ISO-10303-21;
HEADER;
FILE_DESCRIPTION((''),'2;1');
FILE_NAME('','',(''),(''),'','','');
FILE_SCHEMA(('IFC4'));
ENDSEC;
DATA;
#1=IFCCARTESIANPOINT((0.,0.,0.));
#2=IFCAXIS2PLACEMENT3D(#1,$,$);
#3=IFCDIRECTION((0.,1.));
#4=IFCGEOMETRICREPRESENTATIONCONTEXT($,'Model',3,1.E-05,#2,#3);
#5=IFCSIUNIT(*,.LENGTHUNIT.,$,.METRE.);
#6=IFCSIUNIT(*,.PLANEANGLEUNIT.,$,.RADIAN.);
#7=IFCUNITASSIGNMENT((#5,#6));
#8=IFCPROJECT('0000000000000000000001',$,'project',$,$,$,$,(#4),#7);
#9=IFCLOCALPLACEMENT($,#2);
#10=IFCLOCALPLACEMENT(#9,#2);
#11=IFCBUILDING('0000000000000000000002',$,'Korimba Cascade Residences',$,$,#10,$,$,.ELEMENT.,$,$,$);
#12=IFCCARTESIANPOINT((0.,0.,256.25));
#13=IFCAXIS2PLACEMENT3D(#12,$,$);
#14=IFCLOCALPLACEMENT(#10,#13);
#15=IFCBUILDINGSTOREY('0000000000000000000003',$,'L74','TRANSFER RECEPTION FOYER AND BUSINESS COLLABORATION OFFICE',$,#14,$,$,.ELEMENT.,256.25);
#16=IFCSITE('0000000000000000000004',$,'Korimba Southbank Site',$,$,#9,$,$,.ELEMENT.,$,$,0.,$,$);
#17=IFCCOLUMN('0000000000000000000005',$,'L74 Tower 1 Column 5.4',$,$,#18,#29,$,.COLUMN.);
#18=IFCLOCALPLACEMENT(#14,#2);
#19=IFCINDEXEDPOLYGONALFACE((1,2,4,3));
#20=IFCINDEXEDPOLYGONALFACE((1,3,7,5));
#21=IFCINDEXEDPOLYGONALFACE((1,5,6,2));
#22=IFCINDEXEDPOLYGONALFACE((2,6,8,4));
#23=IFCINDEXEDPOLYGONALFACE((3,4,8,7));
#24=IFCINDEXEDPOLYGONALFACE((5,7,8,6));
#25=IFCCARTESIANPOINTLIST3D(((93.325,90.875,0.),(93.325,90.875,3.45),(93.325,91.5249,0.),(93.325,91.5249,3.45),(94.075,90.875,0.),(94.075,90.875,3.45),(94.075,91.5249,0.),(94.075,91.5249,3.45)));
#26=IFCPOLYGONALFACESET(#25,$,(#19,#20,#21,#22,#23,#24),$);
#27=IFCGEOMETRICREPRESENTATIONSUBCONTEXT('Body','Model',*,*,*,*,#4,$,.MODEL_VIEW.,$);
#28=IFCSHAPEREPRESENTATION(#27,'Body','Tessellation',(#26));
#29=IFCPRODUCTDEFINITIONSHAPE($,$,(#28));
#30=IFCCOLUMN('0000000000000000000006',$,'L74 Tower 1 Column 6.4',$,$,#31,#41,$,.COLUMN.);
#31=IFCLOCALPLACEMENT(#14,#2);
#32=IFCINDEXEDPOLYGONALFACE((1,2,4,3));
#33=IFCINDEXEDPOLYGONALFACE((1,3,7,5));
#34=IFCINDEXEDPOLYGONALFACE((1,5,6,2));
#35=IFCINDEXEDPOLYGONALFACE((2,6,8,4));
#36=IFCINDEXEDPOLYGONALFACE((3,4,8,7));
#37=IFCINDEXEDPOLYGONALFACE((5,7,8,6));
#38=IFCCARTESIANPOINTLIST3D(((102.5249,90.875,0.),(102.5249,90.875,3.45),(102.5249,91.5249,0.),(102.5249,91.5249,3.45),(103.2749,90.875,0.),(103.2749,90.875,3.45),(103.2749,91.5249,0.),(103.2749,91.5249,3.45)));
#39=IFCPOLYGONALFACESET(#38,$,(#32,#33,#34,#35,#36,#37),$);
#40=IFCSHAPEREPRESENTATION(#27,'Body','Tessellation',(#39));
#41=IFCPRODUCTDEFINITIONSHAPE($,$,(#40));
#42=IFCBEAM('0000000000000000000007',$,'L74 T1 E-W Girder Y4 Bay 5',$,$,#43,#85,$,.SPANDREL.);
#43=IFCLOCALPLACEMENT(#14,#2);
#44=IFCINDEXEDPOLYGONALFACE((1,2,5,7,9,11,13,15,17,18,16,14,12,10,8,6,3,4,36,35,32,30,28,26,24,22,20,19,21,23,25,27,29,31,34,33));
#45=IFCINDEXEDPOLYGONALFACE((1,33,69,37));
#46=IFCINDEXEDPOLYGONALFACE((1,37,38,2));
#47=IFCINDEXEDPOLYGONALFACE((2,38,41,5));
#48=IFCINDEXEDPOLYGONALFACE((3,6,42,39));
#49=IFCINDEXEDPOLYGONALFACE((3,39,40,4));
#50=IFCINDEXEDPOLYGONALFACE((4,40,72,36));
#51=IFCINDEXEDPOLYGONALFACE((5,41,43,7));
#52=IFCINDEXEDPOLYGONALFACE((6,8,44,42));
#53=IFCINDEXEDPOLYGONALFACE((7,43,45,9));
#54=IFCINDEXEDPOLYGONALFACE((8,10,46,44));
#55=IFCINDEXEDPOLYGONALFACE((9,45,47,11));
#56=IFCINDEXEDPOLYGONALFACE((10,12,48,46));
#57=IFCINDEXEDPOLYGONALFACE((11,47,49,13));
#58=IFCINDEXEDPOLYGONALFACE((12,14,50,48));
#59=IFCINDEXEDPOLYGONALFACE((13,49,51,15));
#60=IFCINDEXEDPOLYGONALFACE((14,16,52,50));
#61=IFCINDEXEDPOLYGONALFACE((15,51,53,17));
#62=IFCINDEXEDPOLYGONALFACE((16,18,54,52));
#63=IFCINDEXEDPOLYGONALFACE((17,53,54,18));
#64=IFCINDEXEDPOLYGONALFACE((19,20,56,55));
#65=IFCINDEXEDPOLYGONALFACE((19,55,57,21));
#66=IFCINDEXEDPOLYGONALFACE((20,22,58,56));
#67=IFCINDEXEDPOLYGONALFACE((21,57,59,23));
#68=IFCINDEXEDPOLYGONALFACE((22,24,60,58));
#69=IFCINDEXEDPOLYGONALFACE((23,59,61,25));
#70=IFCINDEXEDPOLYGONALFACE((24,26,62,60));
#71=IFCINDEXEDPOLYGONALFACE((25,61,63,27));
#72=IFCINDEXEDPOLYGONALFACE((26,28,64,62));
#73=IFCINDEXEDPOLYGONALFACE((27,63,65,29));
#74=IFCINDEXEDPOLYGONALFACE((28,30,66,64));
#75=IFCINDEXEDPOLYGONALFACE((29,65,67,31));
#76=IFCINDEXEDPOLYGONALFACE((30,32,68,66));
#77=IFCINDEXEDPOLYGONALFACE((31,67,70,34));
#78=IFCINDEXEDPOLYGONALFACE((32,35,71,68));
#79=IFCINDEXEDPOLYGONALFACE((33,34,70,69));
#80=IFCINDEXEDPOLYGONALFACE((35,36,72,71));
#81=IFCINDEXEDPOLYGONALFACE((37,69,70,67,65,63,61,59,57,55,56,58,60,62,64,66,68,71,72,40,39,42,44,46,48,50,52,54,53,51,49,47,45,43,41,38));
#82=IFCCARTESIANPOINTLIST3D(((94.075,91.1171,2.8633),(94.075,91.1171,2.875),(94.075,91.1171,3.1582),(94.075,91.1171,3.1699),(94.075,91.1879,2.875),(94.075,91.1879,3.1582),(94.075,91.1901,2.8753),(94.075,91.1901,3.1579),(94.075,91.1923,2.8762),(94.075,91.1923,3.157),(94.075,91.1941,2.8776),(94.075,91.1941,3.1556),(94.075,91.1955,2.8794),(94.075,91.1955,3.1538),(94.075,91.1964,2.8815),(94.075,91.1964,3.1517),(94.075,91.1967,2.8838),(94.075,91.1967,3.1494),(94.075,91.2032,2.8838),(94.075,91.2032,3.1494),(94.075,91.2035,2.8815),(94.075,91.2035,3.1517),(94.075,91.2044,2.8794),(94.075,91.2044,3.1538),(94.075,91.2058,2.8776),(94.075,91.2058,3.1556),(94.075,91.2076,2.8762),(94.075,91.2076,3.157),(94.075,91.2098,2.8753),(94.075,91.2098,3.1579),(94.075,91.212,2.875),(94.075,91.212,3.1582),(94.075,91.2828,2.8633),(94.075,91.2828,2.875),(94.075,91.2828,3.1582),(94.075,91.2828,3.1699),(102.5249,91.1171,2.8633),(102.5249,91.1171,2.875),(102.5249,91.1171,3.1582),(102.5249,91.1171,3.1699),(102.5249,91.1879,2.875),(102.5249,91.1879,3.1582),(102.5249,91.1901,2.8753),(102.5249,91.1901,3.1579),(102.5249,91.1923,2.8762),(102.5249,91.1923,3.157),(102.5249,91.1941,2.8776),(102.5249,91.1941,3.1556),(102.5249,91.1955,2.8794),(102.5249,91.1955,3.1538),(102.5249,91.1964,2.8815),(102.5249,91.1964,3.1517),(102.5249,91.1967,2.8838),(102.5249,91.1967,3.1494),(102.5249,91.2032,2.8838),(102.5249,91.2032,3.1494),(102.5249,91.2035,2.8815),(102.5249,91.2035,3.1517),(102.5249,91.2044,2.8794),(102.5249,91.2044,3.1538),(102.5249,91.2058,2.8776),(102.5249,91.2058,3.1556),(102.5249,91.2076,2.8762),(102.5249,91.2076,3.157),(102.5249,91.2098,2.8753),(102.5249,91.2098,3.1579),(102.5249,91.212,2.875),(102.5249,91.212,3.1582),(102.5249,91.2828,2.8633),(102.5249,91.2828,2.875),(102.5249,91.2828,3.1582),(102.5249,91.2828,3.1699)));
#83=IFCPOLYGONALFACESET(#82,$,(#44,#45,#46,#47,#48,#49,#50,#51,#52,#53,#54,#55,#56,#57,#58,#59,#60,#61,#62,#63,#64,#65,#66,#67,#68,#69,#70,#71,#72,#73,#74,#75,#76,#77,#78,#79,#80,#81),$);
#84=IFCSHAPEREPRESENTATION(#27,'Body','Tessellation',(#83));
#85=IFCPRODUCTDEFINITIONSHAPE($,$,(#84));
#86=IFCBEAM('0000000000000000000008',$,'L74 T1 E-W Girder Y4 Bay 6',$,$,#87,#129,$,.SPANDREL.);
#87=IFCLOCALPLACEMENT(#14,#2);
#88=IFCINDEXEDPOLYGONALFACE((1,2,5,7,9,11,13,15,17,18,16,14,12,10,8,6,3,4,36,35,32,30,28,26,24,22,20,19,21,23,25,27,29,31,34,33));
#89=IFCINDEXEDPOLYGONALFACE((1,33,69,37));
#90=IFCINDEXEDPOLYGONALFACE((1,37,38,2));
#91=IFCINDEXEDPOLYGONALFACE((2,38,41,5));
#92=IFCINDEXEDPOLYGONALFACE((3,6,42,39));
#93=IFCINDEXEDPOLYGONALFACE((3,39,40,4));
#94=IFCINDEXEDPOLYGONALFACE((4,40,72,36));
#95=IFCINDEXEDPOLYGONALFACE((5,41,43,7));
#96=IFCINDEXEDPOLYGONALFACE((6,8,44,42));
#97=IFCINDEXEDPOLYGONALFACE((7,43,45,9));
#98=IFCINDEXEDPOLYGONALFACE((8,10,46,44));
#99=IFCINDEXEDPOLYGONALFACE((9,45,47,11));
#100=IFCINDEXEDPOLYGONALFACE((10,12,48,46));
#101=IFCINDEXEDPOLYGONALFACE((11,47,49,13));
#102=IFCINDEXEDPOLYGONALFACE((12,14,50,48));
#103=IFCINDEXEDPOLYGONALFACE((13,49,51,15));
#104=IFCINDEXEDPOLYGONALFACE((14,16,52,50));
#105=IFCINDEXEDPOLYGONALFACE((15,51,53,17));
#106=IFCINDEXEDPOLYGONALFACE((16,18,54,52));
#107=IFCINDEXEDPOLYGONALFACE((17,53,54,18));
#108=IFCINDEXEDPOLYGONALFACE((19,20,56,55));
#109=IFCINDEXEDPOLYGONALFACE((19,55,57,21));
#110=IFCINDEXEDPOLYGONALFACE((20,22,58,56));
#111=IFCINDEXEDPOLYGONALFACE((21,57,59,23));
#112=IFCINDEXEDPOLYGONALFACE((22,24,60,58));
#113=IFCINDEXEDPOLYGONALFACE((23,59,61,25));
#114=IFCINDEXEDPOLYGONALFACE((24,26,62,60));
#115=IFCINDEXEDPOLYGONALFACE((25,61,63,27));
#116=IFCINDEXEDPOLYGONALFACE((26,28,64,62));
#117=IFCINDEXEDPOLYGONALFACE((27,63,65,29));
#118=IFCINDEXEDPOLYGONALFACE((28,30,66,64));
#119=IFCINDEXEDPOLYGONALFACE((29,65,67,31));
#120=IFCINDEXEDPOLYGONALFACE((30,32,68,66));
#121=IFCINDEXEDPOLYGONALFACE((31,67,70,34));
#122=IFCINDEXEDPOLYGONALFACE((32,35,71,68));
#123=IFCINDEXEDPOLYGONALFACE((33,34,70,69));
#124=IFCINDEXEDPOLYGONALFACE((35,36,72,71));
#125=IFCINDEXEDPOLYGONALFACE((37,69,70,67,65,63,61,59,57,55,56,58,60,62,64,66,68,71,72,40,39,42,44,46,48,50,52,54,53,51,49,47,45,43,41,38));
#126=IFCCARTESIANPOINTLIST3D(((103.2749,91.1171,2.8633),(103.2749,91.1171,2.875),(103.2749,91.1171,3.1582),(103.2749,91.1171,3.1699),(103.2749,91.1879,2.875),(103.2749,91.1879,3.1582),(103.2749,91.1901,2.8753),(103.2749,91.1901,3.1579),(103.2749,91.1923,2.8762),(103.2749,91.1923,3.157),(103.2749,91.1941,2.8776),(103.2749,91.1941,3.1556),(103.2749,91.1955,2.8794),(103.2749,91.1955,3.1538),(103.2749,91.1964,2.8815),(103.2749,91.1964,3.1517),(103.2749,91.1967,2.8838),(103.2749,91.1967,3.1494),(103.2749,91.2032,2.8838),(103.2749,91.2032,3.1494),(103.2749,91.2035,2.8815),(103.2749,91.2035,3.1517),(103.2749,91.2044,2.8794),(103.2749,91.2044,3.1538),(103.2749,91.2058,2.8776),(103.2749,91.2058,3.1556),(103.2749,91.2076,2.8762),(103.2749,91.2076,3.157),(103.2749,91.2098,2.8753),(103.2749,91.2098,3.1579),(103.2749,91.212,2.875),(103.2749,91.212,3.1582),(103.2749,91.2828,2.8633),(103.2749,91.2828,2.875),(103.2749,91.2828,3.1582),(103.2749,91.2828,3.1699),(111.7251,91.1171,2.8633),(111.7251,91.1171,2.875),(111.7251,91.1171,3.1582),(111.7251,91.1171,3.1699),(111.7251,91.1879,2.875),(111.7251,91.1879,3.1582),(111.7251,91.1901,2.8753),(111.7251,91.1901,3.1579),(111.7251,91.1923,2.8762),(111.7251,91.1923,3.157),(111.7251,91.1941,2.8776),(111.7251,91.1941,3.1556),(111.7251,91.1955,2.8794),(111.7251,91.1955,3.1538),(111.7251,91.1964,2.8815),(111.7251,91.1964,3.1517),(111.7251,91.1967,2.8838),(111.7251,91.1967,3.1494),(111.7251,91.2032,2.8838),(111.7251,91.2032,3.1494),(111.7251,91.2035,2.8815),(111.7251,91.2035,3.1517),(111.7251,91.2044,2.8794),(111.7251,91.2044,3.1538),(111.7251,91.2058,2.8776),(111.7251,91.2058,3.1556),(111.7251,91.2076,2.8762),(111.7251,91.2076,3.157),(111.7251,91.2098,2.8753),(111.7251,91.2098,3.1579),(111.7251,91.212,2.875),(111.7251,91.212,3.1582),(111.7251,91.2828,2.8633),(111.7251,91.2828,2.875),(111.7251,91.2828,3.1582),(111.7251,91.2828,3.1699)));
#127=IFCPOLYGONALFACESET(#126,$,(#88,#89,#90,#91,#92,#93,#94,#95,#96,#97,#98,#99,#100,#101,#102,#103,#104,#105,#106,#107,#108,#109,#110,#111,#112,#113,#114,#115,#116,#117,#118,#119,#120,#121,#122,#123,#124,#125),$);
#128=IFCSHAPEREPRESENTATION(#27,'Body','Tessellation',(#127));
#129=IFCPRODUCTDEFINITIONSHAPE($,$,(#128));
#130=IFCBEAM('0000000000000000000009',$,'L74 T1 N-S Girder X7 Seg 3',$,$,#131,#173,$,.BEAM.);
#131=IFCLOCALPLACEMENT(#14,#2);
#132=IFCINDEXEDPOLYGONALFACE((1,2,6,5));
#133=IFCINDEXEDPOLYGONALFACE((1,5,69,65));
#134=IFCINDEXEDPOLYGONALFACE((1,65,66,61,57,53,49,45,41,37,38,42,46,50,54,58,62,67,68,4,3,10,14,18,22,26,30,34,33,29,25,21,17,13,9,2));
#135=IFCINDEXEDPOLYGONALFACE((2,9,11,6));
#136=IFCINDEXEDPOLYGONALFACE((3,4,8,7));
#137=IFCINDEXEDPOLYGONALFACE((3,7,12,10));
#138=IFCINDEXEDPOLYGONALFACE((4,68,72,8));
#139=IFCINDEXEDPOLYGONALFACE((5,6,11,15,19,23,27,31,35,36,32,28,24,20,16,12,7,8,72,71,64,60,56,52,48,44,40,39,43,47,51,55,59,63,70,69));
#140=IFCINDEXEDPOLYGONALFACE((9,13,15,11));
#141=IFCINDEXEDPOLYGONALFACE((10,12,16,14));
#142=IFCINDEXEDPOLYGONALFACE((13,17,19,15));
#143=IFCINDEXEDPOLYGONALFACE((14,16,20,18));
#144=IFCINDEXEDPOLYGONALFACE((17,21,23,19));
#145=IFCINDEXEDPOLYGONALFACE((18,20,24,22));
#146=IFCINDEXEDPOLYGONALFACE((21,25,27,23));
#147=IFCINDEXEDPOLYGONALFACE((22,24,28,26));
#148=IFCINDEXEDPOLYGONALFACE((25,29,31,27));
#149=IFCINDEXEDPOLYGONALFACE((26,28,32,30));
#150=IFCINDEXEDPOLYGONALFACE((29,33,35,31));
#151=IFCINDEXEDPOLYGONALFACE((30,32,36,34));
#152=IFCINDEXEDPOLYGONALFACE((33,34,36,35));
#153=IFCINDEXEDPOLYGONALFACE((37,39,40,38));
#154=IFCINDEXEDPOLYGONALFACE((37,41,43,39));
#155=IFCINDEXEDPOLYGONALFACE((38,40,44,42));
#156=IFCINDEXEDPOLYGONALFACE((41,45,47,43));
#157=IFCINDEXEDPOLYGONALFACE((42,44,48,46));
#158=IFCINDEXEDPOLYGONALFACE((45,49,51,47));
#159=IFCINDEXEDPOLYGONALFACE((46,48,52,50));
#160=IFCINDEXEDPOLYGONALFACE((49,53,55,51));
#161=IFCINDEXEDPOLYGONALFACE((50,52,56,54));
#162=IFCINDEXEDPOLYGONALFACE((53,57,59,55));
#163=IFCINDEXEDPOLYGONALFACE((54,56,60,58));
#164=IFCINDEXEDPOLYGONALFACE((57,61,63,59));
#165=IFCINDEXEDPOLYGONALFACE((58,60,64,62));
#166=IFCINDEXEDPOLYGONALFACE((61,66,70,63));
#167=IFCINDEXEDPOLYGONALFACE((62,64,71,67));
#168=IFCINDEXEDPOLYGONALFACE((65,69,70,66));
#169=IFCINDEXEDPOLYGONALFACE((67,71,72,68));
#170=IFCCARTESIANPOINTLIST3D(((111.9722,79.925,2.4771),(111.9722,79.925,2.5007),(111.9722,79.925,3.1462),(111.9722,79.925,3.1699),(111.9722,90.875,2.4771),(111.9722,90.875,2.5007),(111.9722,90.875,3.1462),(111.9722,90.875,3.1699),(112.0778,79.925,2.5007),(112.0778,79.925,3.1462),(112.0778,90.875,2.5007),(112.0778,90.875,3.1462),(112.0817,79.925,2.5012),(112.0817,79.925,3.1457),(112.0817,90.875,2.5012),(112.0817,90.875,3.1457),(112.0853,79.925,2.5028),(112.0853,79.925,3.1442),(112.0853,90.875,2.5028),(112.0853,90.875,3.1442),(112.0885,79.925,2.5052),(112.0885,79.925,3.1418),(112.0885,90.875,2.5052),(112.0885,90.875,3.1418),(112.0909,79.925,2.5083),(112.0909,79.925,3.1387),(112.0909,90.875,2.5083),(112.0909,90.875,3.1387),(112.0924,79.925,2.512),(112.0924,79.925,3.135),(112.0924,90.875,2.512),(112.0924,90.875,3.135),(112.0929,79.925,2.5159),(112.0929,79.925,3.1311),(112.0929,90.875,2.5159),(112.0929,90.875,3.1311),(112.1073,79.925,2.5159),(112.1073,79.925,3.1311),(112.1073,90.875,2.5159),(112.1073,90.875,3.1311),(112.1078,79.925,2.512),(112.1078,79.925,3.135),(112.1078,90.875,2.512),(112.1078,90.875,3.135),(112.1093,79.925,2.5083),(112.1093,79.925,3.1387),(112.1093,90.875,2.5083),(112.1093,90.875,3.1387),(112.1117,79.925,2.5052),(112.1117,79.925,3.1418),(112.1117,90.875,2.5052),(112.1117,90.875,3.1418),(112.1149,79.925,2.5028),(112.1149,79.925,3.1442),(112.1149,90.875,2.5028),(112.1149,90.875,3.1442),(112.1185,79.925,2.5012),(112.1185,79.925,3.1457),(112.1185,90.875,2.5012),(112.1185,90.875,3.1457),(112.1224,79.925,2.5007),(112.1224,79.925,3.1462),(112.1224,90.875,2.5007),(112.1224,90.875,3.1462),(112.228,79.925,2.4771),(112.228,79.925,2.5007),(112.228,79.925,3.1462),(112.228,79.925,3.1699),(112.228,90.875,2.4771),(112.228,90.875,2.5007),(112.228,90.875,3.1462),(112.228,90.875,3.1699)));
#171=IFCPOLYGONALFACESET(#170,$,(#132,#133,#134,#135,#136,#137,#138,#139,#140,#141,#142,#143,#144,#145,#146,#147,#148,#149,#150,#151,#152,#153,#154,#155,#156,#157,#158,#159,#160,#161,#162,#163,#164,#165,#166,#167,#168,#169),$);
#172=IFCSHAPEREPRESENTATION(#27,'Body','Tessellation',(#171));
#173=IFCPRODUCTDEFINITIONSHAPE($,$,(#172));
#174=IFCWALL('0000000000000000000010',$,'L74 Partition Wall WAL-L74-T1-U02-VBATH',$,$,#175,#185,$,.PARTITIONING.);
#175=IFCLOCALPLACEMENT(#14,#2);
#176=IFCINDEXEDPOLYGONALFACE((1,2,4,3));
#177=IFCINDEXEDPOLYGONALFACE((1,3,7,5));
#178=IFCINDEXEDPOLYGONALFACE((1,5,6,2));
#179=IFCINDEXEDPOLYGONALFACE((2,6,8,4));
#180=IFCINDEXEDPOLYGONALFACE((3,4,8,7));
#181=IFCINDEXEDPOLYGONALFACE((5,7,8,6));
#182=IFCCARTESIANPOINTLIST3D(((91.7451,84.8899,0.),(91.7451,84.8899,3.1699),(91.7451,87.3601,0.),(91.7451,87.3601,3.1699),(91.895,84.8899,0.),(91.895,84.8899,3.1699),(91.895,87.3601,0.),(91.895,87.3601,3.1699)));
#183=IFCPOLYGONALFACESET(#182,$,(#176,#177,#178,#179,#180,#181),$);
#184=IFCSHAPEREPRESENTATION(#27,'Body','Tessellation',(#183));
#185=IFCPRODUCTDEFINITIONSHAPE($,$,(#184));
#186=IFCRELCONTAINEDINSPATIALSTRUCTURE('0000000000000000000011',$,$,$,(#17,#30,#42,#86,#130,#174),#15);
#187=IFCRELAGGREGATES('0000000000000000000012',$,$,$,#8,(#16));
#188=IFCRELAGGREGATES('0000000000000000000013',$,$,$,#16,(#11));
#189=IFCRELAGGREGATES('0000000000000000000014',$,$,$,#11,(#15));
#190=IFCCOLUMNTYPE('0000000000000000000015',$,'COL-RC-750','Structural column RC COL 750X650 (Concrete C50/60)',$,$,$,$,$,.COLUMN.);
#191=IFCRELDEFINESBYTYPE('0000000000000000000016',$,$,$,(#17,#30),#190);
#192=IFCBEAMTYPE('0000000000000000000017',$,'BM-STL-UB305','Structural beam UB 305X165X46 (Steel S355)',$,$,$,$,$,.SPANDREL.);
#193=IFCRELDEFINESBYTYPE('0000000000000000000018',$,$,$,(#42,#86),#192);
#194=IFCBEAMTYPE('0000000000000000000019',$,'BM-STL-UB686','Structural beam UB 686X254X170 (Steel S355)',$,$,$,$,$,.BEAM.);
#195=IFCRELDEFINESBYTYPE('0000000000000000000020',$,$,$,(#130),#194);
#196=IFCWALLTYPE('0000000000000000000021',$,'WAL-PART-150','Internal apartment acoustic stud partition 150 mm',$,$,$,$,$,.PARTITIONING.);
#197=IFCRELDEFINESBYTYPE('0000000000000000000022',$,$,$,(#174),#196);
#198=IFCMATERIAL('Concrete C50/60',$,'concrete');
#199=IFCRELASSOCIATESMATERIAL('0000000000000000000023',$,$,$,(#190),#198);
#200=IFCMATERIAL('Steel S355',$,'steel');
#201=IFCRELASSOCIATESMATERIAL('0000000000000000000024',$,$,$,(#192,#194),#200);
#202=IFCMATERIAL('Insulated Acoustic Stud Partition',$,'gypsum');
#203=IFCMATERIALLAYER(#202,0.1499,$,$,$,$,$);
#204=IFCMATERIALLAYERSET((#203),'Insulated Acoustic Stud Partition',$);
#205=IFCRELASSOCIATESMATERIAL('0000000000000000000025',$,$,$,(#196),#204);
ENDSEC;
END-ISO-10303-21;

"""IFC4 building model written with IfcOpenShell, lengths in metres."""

from ifc_helpers import new_model, si_unit, direction, frame, frame_2d, origin, origin_2d, place, context, subcontext, project, spatial, rectangle, i_section, extrude, material, layer, layer_set, material_profile, profile_set, type_object, element, save


model = new_model("IFC4")

# Units and contexts
model_context = context("Model", 3, precision=1e-05, world=origin(), true_north=direction((0.0, 1.0)))
body_context = subcontext(model_context, "Body", "Model", "MODEL_VIEW")
ifc_project = project(units=[si_unit("LENGTHUNIT", "METRE"), si_unit("PLANEANGLEUNIT", "RADIAN")], contexts=[model_context])

# Site, building, storey
site_placement = place(None, origin())
site = spatial("IfcSite", under=ifc_project, at=site_placement, Name="Korimba Southbank Site", CompositionType="ELEMENT", RefElevation=0.0)
building_placement = place(site_placement, origin())
building = spatial("IfcBuilding", under=site, at=building_placement, Name="Korimba Cascade Residences", CompositionType="ELEMENT")
storey_placement = place(building_placement, frame((0.0, 0.0, 256.25)))
storey = spatial("IfcBuildingStorey", under=building, at=storey_placement, Name="L74", Description="TRANSFER RECEPTION FOYER AND BUSINESS COLLABORATION OFFICE", CompositionType="ELEMENT", Elevation=256.25)

# Columns
ifc_material_1 = material(Name="Concrete C50/60", Category="concrete")
ifc_material_profile_1 = material_profile(ifc_material_1, rectangle(XDim=0.75, YDim=0.6499, at=origin_2d()), Name="Concrete C50/60")
ifc_profile_set_1 = profile_set([ifc_material_profile_1], Name="Concrete C50/60")
column_type = type_object("IfcColumnType", Name="COL-RC-750", Description="Structural column RC COL 750X650 (Concrete C50/60)", PredefinedType="COLUMN", material=ifc_profile_set_1)
for number, where, z_axis, x_axis, name in (
    (1, (93.7, 91.2, 0.0), (0.0, 0.0, 1.0), (1.0, 0.0, 0.0), "L74 Tower 1 Column 5.4"),
    (2, (102.8999, 91.2, 0.0), (0.0, 0.0, 1.0), (1.0, 0.0, 0.0), "L74 Tower 1 Column 6.4"),
):
    element("IfcColumn", number, at=place(storey_placement, frame(where, z_axis=z_axis, x_axis=x_axis)), inside=storey, type_object=column_type, Name=name, PredefinedType="COLUMN", context=body_context, shape_type="SweptSolid", body=[
        extrude(rectangle(XDim=0.75, YDim=0.6499, at=origin_2d()), origin(), (0.0, 0.0, 1.0), 3.45),
    ])

# Beams
ifc_material_2 = material(Name="Steel S355", Category="steel")
ifc_material_profile_2 = material_profile(ifc_material_2, i_section(OverallWidth=0.1658, OverallDepth=0.3066, WebThickness=0.0066, FlangeThickness=0.0117, FilletRadius=0.0088, at=origin_2d()), Name="Steel S355")
ifc_profile_set_2 = profile_set([ifc_material_profile_2], Name="Steel S355")
beam_type_1 = type_object("IfcBeamType", Name="BM-STL-UB305", Description="Structural beam UB 305X165X46 (Steel S355)", PredefinedType="SPANDREL", material=ifc_profile_set_2)
beam_1_placement = place(storey_placement, frame((94.075, 91.2, 3.0166), z_axis=(1.0, 0.0, 0.0), x_axis=(0.0, 1.0, 0.0)))
element("IfcBeam", 3, at=beam_1_placement, inside=storey, type_object=beam_type_1, Name="L74 T1 E-W Girder Y4 Bay 5", PredefinedType="SPANDREL", context=body_context, shape_type="SweptSolid", body=[
    extrude(i_section(OverallWidth=0.1658, OverallDepth=0.3066, WebThickness=0.0066, FlangeThickness=0.0117, FilletRadius=0.0088, at=origin_2d()), origin(), (0.0, 0.0, 1.0), 8.45),
])
beam_2_placement = place(storey_placement, frame((103.2749, 91.2, 3.0166), z_axis=(1.0, 0.0, 0.0), x_axis=(0.0, 1.0, 0.0)))
element("IfcBeam", 4, at=beam_2_placement, inside=storey, type_object=beam_type_1, Name="L74 T1 E-W Girder Y4 Bay 6", PredefinedType="SPANDREL", context=body_context, shape_type="SweptSolid", body=[
    extrude(i_section(OverallWidth=0.1658, OverallDepth=0.3066, WebThickness=0.0066, FlangeThickness=0.0117, FilletRadius=0.0088, at=origin_2d()), origin(), (0.0, 0.0, 1.0), 8.4502),
])
ifc_material_profile_3 = material_profile(ifc_material_2, i_section(OverallWidth=0.2559, OverallDepth=0.6929, WebThickness=0.0144, FlangeThickness=0.0237, FilletRadius=0.0151, at=origin_2d()), Name="Steel S355")
ifc_profile_set_3 = profile_set([ifc_material_profile_3], Name="Steel S355")
beam_type_2 = type_object("IfcBeamType", Name="BM-STL-UB686", Description="Structural beam UB 686X254X170 (Steel S355)", PredefinedType="BEAM", material=ifc_profile_set_3)
beam_3_placement = place(storey_placement, frame((112.1001, 79.925, 2.8235), z_axis=(0.0, 1.0, 0.0), x_axis=(-1.0, 0.0, 0.0)))
element("IfcBeam", 5, at=beam_3_placement, inside=storey, type_object=beam_type_2, Name="L74 T1 N-S Girder X7 Seg 3", PredefinedType="BEAM", context=body_context, shape_type="SweptSolid", body=[
    extrude(i_section(OverallWidth=0.2559, OverallDepth=0.6929, WebThickness=0.0144, FlangeThickness=0.0237, FilletRadius=0.0151, at=origin_2d()), origin(), (0.0, 0.0, 1.0), 10.95),
])

# Wall
ifc_material_3 = material(Name="Insulated Acoustic Stud Partition", Category="gypsum")
ifc_layer = layer(ifc_material_3, 0.1499)
ifc_layer_set = layer_set([ifc_layer], Name="Insulated Acoustic Stud Partition")
wall_type = type_object("IfcWallType", Name="WAL-PART-150", Description="Internal apartment acoustic stud partition 150 mm", PredefinedType="PARTITIONING", material=ifc_layer_set)
wall_1_placement = place(storey_placement, frame((91.8201, 84.8899, 0.0), z_axis=(0.0, 0.0, 1.0), x_axis=(0.0, 1.0, 0.0)))
element("IfcWall", 6, at=wall_1_placement, inside=storey, type_object=wall_type, Name="L74 Partition Wall WAL-L74-T1-U02-VBATH", PredefinedType="PARTITIONING", context=body_context, shape_type="SweptSolid", body=[
    extrude(rectangle(XDim=2.4702, YDim=0.1499, at=frame_2d((1.2351, 0.0))), origin(), (0.0, 0.0, 1.0), 3.1699),
])

save(model, "model.ifc")
